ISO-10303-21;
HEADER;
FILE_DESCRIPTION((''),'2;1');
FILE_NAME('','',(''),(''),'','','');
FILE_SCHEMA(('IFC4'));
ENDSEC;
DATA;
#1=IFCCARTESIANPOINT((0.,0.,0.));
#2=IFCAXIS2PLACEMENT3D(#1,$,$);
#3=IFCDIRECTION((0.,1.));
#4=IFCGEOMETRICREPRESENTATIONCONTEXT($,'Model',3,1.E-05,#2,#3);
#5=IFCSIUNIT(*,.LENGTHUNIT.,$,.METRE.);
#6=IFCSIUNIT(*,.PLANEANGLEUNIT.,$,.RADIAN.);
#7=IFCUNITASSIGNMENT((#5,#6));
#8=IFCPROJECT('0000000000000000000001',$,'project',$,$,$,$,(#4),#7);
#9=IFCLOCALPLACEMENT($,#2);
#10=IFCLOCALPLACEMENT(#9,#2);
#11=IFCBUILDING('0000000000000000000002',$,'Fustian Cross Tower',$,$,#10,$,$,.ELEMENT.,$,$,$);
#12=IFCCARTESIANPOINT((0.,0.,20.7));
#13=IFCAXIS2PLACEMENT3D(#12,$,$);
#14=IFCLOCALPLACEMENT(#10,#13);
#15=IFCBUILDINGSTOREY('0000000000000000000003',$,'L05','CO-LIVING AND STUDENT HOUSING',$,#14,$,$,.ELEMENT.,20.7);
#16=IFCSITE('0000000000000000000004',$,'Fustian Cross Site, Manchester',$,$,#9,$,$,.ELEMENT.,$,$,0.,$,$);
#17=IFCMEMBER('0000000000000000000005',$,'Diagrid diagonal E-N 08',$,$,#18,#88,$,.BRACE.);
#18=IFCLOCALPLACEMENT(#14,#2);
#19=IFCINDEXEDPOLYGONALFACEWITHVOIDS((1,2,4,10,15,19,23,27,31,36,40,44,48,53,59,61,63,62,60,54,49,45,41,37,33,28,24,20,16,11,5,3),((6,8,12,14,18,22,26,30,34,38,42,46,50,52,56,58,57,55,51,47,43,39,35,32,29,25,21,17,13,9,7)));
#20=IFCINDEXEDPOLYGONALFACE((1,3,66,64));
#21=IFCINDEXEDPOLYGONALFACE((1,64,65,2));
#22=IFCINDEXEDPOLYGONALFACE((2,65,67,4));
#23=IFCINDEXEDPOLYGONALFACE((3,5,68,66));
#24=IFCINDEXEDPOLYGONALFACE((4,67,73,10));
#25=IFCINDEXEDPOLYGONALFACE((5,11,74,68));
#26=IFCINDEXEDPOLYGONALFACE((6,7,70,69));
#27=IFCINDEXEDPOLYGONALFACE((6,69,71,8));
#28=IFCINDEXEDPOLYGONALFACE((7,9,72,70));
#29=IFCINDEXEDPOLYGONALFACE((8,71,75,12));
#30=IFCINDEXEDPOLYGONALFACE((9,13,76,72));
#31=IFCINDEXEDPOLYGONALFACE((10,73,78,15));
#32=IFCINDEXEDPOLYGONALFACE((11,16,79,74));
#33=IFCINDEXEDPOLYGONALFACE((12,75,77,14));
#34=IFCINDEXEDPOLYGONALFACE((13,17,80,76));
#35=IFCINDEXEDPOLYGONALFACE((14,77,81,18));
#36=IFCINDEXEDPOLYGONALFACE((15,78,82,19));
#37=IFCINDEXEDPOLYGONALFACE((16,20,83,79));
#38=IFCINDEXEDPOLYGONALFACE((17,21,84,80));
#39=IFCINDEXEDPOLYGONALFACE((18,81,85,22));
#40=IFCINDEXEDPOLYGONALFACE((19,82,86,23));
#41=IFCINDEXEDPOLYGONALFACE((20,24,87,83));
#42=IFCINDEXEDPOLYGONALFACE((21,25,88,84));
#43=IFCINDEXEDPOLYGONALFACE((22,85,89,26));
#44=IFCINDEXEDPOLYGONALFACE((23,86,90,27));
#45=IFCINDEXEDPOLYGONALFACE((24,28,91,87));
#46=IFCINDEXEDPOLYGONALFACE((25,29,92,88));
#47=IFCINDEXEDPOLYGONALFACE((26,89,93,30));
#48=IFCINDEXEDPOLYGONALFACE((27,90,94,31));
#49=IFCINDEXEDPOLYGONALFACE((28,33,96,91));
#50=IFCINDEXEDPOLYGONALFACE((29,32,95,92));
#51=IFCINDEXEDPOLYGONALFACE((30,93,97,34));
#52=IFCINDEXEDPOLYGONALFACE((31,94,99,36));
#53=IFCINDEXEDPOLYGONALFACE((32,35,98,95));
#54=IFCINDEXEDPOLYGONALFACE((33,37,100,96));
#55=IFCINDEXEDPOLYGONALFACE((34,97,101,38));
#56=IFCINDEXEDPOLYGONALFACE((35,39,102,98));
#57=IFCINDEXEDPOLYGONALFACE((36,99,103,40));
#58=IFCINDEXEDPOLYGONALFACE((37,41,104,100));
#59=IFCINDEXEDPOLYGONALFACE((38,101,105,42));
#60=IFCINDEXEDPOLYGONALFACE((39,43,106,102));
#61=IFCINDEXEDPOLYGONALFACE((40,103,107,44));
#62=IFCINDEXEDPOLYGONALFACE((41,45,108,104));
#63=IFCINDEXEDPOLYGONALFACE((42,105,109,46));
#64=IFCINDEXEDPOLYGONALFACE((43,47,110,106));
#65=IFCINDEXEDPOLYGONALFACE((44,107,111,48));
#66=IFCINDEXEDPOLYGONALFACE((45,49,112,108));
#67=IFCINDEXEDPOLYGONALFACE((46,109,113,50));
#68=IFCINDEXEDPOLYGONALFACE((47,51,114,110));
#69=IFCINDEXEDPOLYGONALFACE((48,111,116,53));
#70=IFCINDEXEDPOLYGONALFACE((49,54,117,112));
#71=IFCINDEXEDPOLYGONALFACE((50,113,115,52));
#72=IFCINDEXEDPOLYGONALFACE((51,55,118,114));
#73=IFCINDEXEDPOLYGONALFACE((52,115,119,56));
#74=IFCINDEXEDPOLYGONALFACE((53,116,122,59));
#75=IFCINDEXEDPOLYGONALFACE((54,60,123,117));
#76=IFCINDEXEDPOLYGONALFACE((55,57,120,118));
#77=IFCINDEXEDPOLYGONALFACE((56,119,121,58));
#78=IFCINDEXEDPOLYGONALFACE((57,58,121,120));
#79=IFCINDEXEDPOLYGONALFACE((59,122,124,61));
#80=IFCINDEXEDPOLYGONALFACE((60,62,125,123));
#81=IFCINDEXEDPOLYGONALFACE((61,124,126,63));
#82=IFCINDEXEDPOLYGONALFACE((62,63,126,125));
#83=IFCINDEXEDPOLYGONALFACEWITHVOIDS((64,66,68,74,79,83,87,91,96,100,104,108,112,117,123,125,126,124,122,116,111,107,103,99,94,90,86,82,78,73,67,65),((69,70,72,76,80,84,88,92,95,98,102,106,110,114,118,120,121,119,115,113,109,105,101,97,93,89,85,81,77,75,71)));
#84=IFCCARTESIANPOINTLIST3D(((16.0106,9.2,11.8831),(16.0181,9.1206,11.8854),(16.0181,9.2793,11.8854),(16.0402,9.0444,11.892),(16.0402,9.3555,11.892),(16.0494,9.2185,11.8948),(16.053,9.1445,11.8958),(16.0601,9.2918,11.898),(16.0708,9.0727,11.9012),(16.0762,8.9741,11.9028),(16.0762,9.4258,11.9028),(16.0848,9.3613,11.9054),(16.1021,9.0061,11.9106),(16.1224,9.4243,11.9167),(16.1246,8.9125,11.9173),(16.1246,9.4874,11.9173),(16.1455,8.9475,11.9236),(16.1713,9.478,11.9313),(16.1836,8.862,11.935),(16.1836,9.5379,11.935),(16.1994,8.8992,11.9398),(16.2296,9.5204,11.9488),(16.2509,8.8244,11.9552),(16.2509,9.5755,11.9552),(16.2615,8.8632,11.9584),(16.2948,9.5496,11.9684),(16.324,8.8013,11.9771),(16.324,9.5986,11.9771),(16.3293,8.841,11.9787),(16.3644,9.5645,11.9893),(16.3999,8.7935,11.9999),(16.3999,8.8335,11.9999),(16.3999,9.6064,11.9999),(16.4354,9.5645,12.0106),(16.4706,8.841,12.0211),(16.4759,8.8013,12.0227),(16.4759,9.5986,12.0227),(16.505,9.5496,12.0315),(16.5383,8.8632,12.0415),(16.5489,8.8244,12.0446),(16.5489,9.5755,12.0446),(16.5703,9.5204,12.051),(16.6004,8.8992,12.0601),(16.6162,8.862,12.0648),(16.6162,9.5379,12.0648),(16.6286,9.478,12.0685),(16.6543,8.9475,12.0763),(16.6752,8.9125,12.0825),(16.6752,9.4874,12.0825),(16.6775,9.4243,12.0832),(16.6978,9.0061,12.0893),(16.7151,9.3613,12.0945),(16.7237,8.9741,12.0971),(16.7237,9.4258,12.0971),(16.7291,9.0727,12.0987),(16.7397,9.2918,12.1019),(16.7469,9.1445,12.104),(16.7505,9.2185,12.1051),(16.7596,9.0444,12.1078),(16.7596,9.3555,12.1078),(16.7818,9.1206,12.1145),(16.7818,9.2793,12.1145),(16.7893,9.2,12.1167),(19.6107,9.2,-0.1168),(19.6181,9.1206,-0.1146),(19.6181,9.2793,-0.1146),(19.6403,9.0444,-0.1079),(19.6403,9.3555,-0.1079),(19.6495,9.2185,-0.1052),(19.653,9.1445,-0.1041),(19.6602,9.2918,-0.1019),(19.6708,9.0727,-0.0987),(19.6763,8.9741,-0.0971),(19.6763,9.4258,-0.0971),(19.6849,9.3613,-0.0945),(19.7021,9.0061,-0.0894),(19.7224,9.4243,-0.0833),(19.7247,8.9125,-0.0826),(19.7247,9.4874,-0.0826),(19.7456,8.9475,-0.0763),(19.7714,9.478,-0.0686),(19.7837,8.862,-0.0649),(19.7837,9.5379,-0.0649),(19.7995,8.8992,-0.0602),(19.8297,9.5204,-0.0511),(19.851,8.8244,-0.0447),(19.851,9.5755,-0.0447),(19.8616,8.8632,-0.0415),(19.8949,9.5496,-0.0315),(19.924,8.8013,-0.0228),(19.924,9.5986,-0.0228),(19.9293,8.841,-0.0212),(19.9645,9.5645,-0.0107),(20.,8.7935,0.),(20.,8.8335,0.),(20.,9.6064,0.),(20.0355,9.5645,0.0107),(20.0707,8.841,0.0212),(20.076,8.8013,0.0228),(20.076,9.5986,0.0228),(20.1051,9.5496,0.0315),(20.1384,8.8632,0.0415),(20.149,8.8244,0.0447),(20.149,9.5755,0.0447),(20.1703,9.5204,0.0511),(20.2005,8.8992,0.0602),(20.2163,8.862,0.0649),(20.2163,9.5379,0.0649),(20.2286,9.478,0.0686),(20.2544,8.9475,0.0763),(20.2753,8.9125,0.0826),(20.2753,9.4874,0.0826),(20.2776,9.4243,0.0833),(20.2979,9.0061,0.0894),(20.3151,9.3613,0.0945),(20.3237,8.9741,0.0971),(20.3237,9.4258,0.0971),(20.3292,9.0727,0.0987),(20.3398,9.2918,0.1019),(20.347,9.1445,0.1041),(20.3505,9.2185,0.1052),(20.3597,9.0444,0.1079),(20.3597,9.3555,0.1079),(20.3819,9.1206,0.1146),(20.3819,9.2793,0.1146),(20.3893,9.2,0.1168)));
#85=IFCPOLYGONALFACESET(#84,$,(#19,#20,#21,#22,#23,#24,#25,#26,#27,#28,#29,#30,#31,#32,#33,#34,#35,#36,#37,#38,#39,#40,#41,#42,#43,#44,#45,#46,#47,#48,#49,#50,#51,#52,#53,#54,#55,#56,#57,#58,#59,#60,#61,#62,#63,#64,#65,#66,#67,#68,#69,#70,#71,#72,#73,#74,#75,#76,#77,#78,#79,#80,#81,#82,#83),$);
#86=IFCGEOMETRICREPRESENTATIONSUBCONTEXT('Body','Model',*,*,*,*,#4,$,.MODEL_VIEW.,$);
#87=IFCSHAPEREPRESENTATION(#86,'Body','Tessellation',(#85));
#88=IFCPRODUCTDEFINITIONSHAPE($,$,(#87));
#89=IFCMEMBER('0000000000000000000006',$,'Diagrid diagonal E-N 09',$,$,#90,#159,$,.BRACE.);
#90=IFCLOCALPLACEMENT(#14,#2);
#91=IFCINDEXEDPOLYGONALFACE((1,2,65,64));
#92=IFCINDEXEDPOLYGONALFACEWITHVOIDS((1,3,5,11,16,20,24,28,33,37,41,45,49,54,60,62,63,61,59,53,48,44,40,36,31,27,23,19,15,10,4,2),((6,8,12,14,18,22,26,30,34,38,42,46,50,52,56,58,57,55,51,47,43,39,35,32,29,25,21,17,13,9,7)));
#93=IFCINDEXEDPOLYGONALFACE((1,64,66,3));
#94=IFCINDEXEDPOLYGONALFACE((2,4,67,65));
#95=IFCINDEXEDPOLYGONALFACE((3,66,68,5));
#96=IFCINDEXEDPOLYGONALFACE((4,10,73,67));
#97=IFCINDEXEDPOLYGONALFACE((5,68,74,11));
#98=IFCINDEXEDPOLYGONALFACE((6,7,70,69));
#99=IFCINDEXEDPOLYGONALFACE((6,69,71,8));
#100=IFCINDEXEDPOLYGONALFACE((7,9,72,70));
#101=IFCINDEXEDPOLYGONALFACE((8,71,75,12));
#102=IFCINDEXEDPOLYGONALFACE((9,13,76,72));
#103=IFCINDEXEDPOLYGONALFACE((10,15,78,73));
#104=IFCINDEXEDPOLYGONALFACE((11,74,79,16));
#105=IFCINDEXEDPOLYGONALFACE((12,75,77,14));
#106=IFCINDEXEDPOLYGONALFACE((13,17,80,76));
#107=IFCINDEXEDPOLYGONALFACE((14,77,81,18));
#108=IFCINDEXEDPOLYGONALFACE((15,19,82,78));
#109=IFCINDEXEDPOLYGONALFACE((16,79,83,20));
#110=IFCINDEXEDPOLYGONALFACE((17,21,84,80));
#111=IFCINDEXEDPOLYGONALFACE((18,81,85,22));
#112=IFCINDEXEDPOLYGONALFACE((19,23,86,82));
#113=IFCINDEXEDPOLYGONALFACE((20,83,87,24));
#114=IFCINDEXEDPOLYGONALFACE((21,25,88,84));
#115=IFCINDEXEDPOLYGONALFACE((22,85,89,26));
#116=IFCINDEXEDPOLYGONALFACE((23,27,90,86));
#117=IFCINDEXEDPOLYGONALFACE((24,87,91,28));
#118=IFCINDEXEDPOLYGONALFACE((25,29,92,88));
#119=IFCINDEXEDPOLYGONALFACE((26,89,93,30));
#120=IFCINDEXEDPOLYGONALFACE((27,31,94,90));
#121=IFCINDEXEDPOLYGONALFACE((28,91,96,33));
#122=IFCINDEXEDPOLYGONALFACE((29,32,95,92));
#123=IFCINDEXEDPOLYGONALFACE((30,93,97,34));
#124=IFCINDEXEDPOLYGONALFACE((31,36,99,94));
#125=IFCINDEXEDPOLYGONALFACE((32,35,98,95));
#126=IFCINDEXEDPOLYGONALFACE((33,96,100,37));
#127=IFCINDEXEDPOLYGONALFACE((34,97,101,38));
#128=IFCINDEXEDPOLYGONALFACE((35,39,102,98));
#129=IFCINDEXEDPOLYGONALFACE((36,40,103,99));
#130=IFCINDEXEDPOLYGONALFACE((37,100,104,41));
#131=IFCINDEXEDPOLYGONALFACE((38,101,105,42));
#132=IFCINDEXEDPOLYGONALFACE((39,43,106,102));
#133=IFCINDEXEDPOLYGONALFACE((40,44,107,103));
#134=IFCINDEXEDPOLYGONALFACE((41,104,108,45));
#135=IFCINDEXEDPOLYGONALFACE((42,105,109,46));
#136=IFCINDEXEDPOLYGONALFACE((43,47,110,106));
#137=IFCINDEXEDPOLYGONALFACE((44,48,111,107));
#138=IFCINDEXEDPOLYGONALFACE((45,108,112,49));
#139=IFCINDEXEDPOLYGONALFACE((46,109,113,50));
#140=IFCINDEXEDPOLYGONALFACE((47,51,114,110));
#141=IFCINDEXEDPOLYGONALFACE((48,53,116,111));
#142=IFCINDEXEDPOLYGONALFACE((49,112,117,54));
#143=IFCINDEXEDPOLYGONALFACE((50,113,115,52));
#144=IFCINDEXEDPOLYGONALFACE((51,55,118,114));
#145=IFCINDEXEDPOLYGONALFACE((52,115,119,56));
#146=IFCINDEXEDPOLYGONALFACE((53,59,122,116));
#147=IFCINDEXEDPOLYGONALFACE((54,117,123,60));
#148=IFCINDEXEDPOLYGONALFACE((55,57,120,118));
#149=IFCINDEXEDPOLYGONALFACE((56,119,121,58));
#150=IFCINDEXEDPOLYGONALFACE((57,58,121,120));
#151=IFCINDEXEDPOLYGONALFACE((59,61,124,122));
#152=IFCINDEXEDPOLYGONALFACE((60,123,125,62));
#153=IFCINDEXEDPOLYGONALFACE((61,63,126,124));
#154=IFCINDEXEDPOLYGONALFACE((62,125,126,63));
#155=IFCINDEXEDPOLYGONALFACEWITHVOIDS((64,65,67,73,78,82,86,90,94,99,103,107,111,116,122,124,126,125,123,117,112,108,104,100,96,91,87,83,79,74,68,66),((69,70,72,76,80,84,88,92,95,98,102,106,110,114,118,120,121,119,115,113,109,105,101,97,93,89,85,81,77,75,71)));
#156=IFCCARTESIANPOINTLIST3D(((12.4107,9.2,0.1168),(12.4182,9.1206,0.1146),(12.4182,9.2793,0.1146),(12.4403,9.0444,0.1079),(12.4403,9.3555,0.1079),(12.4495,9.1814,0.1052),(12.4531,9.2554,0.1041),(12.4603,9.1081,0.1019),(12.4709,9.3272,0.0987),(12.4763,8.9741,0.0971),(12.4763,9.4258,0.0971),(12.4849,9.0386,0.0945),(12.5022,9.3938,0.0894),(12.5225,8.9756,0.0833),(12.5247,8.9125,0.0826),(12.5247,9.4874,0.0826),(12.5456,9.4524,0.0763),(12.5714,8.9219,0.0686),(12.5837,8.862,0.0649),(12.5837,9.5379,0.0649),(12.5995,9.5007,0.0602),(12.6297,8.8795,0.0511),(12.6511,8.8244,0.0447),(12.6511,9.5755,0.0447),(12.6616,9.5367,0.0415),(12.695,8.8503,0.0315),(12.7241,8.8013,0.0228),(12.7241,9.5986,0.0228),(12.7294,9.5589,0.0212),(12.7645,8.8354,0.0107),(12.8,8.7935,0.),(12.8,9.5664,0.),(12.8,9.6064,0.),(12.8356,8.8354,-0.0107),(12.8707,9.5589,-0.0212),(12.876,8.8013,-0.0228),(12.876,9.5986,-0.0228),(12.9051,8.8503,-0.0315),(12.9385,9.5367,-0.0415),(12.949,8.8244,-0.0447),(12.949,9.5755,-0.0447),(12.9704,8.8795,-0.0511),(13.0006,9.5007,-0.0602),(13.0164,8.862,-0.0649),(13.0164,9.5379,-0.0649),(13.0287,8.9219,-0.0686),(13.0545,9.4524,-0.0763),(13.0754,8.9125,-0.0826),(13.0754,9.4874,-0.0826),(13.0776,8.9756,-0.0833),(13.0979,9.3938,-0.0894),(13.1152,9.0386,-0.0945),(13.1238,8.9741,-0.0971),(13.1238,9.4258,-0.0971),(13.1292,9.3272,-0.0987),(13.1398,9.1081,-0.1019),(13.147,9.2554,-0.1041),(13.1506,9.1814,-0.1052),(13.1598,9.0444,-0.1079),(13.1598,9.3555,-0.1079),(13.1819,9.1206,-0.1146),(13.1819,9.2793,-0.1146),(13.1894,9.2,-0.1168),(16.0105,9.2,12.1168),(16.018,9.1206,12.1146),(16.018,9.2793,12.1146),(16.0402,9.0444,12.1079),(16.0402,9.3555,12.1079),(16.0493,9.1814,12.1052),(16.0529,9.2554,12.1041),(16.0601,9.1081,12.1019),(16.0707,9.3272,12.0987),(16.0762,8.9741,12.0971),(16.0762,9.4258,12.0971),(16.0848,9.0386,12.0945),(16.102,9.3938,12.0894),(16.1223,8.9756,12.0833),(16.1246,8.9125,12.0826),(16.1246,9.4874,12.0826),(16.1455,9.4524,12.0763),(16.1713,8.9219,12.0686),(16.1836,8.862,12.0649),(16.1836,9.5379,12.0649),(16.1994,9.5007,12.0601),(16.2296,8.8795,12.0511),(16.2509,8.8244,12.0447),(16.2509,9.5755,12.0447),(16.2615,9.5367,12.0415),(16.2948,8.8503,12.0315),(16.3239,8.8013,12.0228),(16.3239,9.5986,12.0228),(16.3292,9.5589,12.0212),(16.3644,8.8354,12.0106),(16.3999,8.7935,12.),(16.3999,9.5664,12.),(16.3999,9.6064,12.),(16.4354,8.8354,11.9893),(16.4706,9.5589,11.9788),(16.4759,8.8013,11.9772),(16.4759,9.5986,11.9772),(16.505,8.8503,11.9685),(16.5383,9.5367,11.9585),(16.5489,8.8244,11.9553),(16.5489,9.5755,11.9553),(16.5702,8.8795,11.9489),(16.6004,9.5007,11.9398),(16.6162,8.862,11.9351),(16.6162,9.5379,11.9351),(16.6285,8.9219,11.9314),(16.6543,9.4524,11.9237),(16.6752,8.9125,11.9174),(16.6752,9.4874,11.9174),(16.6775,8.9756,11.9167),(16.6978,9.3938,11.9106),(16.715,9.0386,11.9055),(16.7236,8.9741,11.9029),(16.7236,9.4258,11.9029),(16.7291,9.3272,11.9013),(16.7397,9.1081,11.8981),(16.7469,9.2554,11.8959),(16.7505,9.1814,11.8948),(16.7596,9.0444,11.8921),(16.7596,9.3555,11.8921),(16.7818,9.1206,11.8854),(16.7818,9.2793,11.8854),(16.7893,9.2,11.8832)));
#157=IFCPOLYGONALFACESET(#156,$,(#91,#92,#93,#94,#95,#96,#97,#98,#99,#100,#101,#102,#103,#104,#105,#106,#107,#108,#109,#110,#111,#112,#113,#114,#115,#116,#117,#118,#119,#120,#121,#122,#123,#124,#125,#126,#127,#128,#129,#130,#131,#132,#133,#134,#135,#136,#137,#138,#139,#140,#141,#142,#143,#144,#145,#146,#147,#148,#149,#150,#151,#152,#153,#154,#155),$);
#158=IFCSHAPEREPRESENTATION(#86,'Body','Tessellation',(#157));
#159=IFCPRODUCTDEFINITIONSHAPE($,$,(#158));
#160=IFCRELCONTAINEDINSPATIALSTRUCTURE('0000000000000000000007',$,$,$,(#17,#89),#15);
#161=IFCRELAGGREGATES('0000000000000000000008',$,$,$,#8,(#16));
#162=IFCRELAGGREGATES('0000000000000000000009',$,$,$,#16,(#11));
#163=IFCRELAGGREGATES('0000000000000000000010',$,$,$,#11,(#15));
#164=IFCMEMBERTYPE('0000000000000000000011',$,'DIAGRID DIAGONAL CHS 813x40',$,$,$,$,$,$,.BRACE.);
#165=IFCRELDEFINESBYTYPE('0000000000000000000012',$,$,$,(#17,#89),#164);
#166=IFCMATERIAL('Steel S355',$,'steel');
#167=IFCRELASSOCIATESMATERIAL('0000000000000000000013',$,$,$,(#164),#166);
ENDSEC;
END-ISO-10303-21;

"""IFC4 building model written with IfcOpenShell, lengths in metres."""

from ifc_helpers import new_model, si_unit, direction, frame, origin, origin_2d, place, context, subcontext, project, spatial, hollow_circle, extrude, material, material_profile, profile_set, type_object, element, save


model = new_model("IFC4")

# Units and contexts
model_context = context("Model", 3, precision=1e-05, world=origin(), true_north=direction((0.0, 1.0)))
body_context = subcontext(model_context, "Body", "Model", "MODEL_VIEW")
ifc_project = project(units=[si_unit("LENGTHUNIT", "METRE"), si_unit("PLANEANGLEUNIT", "RADIAN")], contexts=[model_context])

# Site, building, storey
site_placement = place(None, origin())
site = spatial("IfcSite", under=ifc_project, at=site_placement, Name="Fustian Cross Site, Manchester", CompositionType="ELEMENT", RefElevation=0.0)
building_placement = place(site_placement, origin())
building = spatial("IfcBuilding", under=site, at=building_placement, Name="Fustian Cross Tower", CompositionType="ELEMENT")
storey_placement = place(building_placement, frame((0.0, 0.0, 20.7)))
storey = spatial("IfcBuildingStorey", under=building, at=storey_placement, Name="L05", Description="CO-LIVING AND STUDENT HOUSING", CompositionType="ELEMENT", Elevation=20.7)

# Members
ifc_material_1 = material(Name="Steel S355", Category="steel")
ifc_material_profile_1 = material_profile(ifc_material_1, hollow_circle(Radius=0.4065, WallThickness=0.04, at=origin_2d()), Name="CHS 813x40")
ifc_profile_set_1 = profile_set([ifc_material_profile_1], Name="Steel S355")
member_type_1 = type_object("IfcMemberType", Name="DIAGRID DIAGONAL CHS 813x40", PredefinedType="BRACE", material=ifc_profile_set_1)
for number, where, z_axis, x_axis, name in (
    (1, (20.0, 9.2, 0.0), (-0.287355, 0.0, 0.957824), (0.0, -1.0, 0.0), "Diagrid diagonal E-N 08"),
    (2, (12.8, 9.2, 0.0), (0.287337, 0.0, 0.95783), (0.0, 1.0, 0.0), "Diagrid diagonal E-N 09"),
):
    element("IfcMember", number, at=place(storey_placement, frame(where, z_axis=z_axis, x_axis=x_axis)), inside=storey, type_object=member_type_1, Name=name, PredefinedType="BRACE", context=body_context, shape_type="SweptSolid", body=[
        extrude(hollow_circle(Radius=0.4065, WallThickness=0.04, at=origin_2d()), origin(), (0.0, 0.0, 1.0), 12.5283),
    ])

save(model, "model.ifc")
